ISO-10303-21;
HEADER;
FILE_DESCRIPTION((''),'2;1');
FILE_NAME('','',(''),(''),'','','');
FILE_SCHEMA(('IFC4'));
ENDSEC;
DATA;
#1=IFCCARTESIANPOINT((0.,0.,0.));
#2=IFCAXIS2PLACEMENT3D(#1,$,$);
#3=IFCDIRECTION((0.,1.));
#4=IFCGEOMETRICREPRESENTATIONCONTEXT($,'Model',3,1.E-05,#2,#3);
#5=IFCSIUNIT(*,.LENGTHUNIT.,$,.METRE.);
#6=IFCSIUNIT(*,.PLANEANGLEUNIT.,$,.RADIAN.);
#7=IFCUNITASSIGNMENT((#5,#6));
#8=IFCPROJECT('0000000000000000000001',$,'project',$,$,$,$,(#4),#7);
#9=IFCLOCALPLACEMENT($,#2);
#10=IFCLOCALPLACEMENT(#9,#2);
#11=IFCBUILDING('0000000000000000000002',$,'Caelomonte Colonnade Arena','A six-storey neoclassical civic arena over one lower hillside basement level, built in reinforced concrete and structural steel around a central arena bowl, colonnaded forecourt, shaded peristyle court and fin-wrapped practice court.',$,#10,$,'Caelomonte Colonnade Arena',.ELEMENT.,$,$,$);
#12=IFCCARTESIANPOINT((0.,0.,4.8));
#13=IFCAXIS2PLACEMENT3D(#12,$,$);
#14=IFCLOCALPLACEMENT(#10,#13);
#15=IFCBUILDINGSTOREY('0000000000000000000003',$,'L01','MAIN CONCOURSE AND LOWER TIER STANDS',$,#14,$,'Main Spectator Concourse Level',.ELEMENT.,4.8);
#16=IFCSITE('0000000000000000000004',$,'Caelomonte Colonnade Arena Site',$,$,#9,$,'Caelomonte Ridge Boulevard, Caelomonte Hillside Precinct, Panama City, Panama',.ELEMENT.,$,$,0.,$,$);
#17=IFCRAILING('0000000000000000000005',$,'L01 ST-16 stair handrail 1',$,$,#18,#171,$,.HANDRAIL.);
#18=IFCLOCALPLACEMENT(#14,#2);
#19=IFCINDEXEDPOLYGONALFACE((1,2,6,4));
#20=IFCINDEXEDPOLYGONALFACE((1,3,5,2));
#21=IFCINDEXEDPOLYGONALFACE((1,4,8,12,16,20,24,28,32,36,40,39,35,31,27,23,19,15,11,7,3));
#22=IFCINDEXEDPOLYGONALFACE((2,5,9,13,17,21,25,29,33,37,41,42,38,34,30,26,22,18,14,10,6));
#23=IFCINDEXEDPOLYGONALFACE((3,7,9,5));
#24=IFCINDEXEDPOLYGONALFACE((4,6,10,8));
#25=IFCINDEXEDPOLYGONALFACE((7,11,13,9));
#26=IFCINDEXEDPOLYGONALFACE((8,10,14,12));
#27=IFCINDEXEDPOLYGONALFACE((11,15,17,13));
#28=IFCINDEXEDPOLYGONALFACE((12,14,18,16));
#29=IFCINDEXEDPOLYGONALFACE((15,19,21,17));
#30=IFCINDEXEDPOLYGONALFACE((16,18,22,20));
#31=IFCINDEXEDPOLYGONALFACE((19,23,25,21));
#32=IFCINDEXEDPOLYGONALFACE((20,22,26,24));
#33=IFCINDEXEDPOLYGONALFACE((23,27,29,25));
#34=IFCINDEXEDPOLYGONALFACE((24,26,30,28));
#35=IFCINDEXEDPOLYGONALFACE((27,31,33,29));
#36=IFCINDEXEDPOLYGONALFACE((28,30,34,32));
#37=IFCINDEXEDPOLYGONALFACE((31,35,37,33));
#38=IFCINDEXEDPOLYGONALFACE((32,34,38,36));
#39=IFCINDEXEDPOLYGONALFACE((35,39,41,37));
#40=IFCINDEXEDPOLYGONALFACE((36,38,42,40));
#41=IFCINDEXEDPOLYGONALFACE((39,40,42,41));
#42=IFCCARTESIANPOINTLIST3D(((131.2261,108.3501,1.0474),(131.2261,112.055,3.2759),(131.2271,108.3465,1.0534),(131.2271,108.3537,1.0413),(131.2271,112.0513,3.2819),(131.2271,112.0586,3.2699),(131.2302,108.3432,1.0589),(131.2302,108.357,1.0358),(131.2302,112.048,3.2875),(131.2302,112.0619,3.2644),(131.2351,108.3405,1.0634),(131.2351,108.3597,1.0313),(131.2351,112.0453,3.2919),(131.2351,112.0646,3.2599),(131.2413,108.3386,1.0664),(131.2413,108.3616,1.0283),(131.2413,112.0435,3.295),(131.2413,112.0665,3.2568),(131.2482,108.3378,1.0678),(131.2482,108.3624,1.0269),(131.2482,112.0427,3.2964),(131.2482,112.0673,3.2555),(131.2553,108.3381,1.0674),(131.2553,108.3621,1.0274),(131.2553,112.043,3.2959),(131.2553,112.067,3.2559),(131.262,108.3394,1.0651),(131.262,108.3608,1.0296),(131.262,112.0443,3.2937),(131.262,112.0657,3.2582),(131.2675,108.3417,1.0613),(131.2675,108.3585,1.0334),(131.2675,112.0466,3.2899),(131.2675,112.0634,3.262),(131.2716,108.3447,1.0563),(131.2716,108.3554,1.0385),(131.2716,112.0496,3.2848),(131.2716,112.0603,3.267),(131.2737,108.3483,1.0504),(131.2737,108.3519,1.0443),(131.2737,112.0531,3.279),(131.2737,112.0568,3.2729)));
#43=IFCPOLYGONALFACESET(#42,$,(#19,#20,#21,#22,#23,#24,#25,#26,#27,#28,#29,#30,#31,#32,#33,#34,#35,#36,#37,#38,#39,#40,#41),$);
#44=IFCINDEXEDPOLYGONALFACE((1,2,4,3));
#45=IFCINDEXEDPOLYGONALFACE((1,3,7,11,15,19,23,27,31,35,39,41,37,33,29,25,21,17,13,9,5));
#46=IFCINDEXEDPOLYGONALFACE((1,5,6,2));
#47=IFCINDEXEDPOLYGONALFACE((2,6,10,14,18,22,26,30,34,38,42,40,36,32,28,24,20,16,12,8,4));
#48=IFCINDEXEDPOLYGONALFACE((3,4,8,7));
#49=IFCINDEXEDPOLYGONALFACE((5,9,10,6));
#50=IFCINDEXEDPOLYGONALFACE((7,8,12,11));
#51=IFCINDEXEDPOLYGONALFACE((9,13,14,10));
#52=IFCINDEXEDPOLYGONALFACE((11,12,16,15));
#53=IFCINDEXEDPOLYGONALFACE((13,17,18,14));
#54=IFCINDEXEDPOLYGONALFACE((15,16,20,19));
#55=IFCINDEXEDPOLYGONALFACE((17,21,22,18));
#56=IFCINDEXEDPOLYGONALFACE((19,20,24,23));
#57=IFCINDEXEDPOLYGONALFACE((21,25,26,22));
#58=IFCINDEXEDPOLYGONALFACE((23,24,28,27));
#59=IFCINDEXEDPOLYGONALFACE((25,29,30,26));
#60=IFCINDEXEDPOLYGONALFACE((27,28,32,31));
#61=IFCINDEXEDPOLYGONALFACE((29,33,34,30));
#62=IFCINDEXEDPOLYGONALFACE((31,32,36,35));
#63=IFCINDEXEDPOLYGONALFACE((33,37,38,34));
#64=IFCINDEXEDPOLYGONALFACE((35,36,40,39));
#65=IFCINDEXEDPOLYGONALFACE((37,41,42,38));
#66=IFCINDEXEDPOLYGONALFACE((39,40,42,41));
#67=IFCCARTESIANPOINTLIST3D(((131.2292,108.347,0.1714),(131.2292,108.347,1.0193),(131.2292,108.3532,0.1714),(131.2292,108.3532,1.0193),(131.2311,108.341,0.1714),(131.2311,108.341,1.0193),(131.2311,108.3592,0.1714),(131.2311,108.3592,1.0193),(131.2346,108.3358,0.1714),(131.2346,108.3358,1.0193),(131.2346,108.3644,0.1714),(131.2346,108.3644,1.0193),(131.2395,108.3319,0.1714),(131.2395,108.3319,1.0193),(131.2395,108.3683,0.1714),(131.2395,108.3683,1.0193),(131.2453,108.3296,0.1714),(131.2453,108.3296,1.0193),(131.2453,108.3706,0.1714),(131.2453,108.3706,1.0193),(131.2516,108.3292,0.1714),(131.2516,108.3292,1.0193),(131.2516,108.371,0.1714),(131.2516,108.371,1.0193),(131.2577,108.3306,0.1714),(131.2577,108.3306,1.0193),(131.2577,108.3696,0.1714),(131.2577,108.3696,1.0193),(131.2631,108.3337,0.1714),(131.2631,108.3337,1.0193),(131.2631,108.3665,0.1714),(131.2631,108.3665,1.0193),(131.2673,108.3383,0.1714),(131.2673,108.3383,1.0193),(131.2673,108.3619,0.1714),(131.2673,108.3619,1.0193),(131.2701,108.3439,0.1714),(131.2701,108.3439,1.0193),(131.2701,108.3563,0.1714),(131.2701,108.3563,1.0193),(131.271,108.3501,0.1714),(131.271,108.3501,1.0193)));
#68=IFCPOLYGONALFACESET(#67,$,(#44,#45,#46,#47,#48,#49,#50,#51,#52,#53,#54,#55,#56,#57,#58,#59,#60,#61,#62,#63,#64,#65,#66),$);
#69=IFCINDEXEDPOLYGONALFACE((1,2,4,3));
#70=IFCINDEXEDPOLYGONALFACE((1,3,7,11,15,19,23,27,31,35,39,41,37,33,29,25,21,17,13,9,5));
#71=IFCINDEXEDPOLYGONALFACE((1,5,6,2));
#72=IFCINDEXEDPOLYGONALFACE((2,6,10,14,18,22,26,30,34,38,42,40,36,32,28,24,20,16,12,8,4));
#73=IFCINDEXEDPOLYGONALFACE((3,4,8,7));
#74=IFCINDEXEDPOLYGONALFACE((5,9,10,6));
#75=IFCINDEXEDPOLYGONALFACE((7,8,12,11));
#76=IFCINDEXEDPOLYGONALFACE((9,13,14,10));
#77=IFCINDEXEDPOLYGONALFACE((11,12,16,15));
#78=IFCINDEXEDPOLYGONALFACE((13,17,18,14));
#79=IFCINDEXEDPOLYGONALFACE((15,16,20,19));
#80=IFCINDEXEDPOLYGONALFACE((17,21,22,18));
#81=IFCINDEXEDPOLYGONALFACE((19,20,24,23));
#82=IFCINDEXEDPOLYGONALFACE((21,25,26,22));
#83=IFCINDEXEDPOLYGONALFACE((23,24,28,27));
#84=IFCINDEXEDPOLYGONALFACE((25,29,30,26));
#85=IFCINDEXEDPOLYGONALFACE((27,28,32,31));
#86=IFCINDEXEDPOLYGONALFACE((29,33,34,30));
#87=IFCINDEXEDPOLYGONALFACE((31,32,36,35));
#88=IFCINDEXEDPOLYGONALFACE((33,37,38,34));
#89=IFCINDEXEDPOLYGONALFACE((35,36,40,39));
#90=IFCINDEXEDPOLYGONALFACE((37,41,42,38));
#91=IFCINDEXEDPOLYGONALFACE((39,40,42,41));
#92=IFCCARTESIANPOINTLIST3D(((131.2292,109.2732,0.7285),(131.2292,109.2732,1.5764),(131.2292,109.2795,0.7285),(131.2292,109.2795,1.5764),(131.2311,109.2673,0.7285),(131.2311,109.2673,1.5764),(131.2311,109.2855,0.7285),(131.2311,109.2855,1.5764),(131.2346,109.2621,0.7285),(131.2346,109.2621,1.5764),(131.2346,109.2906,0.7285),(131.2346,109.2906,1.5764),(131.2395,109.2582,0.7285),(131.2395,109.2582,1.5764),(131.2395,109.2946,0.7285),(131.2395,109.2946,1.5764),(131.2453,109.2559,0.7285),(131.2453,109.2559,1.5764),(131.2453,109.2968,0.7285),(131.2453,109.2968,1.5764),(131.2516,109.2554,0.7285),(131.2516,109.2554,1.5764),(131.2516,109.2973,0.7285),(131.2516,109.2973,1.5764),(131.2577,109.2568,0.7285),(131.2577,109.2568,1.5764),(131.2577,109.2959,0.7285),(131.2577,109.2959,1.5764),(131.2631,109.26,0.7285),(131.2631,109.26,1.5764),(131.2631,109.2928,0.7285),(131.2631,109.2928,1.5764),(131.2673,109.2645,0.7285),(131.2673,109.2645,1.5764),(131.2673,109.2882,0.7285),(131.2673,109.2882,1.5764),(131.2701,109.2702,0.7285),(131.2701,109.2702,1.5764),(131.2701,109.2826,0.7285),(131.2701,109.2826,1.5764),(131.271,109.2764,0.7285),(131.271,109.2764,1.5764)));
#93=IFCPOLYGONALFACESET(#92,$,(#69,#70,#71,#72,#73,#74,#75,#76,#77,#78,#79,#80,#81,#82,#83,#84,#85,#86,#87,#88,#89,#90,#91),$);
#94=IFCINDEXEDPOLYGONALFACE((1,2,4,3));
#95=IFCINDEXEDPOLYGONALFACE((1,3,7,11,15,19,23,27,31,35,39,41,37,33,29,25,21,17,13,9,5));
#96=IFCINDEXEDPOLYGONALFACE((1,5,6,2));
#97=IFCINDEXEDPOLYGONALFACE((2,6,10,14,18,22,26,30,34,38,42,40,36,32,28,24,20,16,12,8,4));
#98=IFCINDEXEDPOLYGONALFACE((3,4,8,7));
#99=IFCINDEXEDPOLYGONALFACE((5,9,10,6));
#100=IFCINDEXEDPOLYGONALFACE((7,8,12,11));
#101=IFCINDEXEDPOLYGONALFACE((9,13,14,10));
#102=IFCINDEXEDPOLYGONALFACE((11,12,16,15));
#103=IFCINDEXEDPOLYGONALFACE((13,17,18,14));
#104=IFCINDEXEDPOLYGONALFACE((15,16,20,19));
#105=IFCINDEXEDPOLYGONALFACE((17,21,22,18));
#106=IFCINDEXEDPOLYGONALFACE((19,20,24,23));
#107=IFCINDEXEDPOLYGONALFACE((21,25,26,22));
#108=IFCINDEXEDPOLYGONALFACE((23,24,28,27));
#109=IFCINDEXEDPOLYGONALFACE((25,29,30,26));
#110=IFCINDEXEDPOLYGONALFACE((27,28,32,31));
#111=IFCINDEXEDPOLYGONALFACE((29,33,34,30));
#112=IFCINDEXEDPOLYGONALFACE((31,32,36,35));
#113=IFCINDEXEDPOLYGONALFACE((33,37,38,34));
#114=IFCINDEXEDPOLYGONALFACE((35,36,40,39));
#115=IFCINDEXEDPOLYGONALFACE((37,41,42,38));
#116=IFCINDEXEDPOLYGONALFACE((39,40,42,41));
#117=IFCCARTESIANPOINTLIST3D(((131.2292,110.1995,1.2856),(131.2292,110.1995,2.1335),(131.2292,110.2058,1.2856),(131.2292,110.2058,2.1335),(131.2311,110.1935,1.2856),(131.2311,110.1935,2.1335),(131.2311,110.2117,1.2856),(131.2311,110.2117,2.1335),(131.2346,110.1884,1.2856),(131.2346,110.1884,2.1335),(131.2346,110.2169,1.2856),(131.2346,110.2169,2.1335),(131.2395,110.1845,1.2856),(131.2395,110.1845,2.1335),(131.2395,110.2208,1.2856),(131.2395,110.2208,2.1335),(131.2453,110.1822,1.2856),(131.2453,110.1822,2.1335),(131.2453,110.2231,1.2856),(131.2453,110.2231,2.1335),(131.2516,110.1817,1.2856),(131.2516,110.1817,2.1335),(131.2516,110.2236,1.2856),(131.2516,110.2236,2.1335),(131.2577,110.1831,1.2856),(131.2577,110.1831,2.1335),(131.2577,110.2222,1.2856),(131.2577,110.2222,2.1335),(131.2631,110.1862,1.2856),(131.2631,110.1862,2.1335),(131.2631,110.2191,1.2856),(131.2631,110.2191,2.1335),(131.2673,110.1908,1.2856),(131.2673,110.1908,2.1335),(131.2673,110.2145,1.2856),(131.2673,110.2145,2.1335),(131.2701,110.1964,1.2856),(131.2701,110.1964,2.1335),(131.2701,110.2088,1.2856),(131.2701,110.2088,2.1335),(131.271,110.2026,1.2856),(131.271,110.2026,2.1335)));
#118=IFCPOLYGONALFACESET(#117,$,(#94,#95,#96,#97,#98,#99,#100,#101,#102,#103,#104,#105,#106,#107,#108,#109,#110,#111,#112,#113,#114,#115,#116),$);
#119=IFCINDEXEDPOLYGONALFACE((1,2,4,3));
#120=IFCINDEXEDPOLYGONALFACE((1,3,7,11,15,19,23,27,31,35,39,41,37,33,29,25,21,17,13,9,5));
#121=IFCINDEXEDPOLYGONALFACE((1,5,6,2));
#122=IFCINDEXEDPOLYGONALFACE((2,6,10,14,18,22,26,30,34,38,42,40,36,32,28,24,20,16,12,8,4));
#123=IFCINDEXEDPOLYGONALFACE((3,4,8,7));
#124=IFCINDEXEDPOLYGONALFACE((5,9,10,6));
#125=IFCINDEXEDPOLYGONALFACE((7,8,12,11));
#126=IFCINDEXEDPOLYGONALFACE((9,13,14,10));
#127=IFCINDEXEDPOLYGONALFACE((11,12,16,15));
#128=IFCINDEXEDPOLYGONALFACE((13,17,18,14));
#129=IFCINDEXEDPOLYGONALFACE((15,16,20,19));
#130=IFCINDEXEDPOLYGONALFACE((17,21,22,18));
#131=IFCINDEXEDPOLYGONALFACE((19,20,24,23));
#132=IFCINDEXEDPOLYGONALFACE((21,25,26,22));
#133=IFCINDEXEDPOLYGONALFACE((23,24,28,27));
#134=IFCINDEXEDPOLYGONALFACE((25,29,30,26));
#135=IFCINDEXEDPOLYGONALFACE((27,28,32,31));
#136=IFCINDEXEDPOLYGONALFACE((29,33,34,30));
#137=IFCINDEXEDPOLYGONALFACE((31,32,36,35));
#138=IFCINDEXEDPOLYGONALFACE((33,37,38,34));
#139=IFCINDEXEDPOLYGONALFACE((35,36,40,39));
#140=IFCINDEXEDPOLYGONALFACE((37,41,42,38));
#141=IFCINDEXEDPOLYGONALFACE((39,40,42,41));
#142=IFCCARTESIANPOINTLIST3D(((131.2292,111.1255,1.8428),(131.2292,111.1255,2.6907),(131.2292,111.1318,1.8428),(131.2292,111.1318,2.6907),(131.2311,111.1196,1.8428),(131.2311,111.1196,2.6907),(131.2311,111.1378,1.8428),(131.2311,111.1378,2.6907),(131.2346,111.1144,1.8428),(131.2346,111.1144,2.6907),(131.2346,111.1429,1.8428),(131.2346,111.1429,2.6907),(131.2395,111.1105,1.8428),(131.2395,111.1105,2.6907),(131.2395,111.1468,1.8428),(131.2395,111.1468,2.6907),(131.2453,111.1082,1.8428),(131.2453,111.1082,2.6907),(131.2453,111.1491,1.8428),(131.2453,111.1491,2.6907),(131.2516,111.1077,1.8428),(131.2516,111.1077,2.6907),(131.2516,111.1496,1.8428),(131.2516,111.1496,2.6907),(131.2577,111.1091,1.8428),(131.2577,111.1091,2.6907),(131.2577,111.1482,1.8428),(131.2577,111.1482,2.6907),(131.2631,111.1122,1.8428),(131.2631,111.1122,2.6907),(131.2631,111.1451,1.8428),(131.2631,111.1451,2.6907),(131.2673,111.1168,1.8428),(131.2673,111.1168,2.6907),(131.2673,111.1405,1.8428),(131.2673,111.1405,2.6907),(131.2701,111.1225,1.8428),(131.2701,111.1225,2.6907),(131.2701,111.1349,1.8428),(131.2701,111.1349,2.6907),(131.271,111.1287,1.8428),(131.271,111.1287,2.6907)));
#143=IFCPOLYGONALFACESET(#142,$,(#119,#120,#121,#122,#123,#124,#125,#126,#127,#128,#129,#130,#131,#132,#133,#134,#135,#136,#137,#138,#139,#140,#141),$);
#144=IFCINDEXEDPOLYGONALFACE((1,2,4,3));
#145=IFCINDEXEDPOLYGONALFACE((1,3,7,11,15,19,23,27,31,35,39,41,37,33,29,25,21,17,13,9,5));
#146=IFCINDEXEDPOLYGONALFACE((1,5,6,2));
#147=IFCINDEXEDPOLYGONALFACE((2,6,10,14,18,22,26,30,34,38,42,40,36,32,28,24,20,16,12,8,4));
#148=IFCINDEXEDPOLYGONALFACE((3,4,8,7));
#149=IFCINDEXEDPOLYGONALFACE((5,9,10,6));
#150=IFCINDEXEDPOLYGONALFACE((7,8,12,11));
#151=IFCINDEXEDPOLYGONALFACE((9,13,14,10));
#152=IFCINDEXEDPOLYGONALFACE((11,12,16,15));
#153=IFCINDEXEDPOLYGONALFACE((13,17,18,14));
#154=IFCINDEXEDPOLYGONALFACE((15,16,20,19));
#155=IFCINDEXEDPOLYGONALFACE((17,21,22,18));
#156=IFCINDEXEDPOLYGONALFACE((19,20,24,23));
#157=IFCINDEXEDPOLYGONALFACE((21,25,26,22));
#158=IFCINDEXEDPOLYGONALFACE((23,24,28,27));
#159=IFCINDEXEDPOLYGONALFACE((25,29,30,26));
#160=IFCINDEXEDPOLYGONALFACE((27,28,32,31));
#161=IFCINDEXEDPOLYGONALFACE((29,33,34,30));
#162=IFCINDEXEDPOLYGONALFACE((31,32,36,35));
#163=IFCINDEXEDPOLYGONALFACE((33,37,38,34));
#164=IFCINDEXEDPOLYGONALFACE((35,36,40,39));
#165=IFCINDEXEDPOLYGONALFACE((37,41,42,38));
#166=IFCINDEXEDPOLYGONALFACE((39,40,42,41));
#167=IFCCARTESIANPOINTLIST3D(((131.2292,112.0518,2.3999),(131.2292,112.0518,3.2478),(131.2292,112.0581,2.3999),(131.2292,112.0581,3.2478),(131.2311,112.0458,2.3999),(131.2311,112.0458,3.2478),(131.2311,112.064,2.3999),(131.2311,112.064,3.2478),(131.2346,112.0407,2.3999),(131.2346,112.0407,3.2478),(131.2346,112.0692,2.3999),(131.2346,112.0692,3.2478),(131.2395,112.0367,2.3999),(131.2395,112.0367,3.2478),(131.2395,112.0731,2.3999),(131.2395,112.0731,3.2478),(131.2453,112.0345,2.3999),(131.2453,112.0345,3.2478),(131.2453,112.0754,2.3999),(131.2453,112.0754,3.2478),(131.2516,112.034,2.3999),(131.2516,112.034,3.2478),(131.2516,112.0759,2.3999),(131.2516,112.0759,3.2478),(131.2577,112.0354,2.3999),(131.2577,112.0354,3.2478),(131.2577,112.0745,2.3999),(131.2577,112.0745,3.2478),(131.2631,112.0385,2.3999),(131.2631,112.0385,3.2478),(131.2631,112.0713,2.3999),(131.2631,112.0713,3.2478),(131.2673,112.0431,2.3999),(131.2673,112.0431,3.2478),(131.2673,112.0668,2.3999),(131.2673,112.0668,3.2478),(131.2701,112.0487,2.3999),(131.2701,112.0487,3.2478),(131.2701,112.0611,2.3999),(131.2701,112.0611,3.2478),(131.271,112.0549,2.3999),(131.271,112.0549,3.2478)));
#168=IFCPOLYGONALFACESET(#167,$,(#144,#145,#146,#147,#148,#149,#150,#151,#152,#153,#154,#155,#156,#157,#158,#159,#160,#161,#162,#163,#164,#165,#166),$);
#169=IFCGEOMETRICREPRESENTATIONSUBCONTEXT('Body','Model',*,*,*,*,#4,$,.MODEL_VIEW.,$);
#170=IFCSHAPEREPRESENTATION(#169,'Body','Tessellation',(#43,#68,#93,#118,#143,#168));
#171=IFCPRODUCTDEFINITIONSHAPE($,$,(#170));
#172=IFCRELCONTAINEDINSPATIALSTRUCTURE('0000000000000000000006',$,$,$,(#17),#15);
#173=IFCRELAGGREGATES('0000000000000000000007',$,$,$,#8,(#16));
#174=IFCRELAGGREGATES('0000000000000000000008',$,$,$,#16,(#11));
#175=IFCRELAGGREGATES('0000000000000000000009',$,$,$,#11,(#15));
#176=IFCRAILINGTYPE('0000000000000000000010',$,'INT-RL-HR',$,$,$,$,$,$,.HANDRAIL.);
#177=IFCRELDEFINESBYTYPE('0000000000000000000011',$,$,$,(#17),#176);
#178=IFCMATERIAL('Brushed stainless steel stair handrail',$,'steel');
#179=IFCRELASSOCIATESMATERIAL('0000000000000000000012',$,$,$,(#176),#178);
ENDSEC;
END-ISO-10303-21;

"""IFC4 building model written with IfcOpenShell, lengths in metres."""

from ifc_helpers import new_model, si_unit, direction, frame, origin, origin_2d, place, context, subcontext, project, spatial, circle, extrude, material, type_object, element, save


model = new_model("IFC4")

# Units and contexts
model_context = context("Model", 3, precision=1e-05, world=origin(), true_north=direction((0.0, 1.0)))
body_context = subcontext(model_context, "Body", "Model", "MODEL_VIEW")
ifc_project = project(units=[si_unit("LENGTHUNIT", "METRE"), si_unit("PLANEANGLEUNIT", "RADIAN")], contexts=[model_context])

# Site, building, storey
site_placement = place(None, origin())
site = spatial("IfcSite", under=ifc_project, at=site_placement, Name="Caelomonte Colonnade Arena Site", LongName="Caelomonte Ridge Boulevard, Caelomonte Hillside Precinct, Panama City, Panama", CompositionType="ELEMENT", RefElevation=0.0)
building_placement = place(site_placement, origin())
building = spatial("IfcBuilding", under=site, at=building_placement, Name="Caelomonte Colonnade Arena", Description="A six-storey neoclassical civic arena over one lower hillside basement level, built in reinforced concrete and structural steel around a central arena bowl, colonnaded forecourt, shaded peristyle court and fin-wrapped practice court.", LongName="Caelomonte Colonnade Arena", CompositionType="ELEMENT")
storey_placement = place(building_placement, frame((0.0, 0.0, 4.8)))
storey = spatial("IfcBuildingStorey", under=building, at=storey_placement, Name="L01", Description="MAIN CONCOURSE AND LOWER TIER STANDS", LongName="Main Spectator Concourse Level", CompositionType="ELEMENT", Elevation=4.8)

# Railing
ifc_material_1 = material(Name="Brushed stainless steel stair handrail", Category="steel")
railing_type_1 = type_object("IfcRailingType", Name="INT-RL-HR", PredefinedType="HANDRAIL", material=ifc_material_1)
railing_1_placement = place(storey_placement, frame((131.25, 108.3501, 0.1714)))
element("IfcRailing", 1, at=railing_1_placement, inside=storey, type_object=railing_type_1, Name="L01 ST-16 stair handrail 1", PredefinedType="HANDRAIL", context=body_context, shape_type="SweptSolid", body=[
    extrude(circle(Radius=0.0239, at=origin_2d()), frame((0.0, 0.0, 0.876), z_axis=(0.0, 0.856919, 0.51545), x_axis=(-1.0, 0.0, 0.0)), (0.0, 0.0, 1.0), 4.3235),
    extrude(circle(Radius=0.021, at=origin_2d()), origin(), (0.0, 0.0, 1.0), 0.8479),
    extrude(circle(Radius=0.021, at=origin_2d()), frame((0.0, 0.9263, 0.5571)), (0.0, 0.0, 1.0), 0.8479),
    extrude(circle(Radius=0.021, at=origin_2d()), frame((0.0, 1.8525, 1.1143)), (0.0, 0.0, 1.0), 0.8479),
    extrude(circle(Radius=0.021, at=origin_2d()), frame((0.0, 2.7786, 1.6714)), (0.0, 0.0, 1.0), 0.8479),
    extrude(circle(Radius=0.021, at=origin_2d()), frame((0.0, 3.7048, 2.2285)), (0.0, 0.0, 1.0), 0.8479),
])

save(model, "model.ifc")
